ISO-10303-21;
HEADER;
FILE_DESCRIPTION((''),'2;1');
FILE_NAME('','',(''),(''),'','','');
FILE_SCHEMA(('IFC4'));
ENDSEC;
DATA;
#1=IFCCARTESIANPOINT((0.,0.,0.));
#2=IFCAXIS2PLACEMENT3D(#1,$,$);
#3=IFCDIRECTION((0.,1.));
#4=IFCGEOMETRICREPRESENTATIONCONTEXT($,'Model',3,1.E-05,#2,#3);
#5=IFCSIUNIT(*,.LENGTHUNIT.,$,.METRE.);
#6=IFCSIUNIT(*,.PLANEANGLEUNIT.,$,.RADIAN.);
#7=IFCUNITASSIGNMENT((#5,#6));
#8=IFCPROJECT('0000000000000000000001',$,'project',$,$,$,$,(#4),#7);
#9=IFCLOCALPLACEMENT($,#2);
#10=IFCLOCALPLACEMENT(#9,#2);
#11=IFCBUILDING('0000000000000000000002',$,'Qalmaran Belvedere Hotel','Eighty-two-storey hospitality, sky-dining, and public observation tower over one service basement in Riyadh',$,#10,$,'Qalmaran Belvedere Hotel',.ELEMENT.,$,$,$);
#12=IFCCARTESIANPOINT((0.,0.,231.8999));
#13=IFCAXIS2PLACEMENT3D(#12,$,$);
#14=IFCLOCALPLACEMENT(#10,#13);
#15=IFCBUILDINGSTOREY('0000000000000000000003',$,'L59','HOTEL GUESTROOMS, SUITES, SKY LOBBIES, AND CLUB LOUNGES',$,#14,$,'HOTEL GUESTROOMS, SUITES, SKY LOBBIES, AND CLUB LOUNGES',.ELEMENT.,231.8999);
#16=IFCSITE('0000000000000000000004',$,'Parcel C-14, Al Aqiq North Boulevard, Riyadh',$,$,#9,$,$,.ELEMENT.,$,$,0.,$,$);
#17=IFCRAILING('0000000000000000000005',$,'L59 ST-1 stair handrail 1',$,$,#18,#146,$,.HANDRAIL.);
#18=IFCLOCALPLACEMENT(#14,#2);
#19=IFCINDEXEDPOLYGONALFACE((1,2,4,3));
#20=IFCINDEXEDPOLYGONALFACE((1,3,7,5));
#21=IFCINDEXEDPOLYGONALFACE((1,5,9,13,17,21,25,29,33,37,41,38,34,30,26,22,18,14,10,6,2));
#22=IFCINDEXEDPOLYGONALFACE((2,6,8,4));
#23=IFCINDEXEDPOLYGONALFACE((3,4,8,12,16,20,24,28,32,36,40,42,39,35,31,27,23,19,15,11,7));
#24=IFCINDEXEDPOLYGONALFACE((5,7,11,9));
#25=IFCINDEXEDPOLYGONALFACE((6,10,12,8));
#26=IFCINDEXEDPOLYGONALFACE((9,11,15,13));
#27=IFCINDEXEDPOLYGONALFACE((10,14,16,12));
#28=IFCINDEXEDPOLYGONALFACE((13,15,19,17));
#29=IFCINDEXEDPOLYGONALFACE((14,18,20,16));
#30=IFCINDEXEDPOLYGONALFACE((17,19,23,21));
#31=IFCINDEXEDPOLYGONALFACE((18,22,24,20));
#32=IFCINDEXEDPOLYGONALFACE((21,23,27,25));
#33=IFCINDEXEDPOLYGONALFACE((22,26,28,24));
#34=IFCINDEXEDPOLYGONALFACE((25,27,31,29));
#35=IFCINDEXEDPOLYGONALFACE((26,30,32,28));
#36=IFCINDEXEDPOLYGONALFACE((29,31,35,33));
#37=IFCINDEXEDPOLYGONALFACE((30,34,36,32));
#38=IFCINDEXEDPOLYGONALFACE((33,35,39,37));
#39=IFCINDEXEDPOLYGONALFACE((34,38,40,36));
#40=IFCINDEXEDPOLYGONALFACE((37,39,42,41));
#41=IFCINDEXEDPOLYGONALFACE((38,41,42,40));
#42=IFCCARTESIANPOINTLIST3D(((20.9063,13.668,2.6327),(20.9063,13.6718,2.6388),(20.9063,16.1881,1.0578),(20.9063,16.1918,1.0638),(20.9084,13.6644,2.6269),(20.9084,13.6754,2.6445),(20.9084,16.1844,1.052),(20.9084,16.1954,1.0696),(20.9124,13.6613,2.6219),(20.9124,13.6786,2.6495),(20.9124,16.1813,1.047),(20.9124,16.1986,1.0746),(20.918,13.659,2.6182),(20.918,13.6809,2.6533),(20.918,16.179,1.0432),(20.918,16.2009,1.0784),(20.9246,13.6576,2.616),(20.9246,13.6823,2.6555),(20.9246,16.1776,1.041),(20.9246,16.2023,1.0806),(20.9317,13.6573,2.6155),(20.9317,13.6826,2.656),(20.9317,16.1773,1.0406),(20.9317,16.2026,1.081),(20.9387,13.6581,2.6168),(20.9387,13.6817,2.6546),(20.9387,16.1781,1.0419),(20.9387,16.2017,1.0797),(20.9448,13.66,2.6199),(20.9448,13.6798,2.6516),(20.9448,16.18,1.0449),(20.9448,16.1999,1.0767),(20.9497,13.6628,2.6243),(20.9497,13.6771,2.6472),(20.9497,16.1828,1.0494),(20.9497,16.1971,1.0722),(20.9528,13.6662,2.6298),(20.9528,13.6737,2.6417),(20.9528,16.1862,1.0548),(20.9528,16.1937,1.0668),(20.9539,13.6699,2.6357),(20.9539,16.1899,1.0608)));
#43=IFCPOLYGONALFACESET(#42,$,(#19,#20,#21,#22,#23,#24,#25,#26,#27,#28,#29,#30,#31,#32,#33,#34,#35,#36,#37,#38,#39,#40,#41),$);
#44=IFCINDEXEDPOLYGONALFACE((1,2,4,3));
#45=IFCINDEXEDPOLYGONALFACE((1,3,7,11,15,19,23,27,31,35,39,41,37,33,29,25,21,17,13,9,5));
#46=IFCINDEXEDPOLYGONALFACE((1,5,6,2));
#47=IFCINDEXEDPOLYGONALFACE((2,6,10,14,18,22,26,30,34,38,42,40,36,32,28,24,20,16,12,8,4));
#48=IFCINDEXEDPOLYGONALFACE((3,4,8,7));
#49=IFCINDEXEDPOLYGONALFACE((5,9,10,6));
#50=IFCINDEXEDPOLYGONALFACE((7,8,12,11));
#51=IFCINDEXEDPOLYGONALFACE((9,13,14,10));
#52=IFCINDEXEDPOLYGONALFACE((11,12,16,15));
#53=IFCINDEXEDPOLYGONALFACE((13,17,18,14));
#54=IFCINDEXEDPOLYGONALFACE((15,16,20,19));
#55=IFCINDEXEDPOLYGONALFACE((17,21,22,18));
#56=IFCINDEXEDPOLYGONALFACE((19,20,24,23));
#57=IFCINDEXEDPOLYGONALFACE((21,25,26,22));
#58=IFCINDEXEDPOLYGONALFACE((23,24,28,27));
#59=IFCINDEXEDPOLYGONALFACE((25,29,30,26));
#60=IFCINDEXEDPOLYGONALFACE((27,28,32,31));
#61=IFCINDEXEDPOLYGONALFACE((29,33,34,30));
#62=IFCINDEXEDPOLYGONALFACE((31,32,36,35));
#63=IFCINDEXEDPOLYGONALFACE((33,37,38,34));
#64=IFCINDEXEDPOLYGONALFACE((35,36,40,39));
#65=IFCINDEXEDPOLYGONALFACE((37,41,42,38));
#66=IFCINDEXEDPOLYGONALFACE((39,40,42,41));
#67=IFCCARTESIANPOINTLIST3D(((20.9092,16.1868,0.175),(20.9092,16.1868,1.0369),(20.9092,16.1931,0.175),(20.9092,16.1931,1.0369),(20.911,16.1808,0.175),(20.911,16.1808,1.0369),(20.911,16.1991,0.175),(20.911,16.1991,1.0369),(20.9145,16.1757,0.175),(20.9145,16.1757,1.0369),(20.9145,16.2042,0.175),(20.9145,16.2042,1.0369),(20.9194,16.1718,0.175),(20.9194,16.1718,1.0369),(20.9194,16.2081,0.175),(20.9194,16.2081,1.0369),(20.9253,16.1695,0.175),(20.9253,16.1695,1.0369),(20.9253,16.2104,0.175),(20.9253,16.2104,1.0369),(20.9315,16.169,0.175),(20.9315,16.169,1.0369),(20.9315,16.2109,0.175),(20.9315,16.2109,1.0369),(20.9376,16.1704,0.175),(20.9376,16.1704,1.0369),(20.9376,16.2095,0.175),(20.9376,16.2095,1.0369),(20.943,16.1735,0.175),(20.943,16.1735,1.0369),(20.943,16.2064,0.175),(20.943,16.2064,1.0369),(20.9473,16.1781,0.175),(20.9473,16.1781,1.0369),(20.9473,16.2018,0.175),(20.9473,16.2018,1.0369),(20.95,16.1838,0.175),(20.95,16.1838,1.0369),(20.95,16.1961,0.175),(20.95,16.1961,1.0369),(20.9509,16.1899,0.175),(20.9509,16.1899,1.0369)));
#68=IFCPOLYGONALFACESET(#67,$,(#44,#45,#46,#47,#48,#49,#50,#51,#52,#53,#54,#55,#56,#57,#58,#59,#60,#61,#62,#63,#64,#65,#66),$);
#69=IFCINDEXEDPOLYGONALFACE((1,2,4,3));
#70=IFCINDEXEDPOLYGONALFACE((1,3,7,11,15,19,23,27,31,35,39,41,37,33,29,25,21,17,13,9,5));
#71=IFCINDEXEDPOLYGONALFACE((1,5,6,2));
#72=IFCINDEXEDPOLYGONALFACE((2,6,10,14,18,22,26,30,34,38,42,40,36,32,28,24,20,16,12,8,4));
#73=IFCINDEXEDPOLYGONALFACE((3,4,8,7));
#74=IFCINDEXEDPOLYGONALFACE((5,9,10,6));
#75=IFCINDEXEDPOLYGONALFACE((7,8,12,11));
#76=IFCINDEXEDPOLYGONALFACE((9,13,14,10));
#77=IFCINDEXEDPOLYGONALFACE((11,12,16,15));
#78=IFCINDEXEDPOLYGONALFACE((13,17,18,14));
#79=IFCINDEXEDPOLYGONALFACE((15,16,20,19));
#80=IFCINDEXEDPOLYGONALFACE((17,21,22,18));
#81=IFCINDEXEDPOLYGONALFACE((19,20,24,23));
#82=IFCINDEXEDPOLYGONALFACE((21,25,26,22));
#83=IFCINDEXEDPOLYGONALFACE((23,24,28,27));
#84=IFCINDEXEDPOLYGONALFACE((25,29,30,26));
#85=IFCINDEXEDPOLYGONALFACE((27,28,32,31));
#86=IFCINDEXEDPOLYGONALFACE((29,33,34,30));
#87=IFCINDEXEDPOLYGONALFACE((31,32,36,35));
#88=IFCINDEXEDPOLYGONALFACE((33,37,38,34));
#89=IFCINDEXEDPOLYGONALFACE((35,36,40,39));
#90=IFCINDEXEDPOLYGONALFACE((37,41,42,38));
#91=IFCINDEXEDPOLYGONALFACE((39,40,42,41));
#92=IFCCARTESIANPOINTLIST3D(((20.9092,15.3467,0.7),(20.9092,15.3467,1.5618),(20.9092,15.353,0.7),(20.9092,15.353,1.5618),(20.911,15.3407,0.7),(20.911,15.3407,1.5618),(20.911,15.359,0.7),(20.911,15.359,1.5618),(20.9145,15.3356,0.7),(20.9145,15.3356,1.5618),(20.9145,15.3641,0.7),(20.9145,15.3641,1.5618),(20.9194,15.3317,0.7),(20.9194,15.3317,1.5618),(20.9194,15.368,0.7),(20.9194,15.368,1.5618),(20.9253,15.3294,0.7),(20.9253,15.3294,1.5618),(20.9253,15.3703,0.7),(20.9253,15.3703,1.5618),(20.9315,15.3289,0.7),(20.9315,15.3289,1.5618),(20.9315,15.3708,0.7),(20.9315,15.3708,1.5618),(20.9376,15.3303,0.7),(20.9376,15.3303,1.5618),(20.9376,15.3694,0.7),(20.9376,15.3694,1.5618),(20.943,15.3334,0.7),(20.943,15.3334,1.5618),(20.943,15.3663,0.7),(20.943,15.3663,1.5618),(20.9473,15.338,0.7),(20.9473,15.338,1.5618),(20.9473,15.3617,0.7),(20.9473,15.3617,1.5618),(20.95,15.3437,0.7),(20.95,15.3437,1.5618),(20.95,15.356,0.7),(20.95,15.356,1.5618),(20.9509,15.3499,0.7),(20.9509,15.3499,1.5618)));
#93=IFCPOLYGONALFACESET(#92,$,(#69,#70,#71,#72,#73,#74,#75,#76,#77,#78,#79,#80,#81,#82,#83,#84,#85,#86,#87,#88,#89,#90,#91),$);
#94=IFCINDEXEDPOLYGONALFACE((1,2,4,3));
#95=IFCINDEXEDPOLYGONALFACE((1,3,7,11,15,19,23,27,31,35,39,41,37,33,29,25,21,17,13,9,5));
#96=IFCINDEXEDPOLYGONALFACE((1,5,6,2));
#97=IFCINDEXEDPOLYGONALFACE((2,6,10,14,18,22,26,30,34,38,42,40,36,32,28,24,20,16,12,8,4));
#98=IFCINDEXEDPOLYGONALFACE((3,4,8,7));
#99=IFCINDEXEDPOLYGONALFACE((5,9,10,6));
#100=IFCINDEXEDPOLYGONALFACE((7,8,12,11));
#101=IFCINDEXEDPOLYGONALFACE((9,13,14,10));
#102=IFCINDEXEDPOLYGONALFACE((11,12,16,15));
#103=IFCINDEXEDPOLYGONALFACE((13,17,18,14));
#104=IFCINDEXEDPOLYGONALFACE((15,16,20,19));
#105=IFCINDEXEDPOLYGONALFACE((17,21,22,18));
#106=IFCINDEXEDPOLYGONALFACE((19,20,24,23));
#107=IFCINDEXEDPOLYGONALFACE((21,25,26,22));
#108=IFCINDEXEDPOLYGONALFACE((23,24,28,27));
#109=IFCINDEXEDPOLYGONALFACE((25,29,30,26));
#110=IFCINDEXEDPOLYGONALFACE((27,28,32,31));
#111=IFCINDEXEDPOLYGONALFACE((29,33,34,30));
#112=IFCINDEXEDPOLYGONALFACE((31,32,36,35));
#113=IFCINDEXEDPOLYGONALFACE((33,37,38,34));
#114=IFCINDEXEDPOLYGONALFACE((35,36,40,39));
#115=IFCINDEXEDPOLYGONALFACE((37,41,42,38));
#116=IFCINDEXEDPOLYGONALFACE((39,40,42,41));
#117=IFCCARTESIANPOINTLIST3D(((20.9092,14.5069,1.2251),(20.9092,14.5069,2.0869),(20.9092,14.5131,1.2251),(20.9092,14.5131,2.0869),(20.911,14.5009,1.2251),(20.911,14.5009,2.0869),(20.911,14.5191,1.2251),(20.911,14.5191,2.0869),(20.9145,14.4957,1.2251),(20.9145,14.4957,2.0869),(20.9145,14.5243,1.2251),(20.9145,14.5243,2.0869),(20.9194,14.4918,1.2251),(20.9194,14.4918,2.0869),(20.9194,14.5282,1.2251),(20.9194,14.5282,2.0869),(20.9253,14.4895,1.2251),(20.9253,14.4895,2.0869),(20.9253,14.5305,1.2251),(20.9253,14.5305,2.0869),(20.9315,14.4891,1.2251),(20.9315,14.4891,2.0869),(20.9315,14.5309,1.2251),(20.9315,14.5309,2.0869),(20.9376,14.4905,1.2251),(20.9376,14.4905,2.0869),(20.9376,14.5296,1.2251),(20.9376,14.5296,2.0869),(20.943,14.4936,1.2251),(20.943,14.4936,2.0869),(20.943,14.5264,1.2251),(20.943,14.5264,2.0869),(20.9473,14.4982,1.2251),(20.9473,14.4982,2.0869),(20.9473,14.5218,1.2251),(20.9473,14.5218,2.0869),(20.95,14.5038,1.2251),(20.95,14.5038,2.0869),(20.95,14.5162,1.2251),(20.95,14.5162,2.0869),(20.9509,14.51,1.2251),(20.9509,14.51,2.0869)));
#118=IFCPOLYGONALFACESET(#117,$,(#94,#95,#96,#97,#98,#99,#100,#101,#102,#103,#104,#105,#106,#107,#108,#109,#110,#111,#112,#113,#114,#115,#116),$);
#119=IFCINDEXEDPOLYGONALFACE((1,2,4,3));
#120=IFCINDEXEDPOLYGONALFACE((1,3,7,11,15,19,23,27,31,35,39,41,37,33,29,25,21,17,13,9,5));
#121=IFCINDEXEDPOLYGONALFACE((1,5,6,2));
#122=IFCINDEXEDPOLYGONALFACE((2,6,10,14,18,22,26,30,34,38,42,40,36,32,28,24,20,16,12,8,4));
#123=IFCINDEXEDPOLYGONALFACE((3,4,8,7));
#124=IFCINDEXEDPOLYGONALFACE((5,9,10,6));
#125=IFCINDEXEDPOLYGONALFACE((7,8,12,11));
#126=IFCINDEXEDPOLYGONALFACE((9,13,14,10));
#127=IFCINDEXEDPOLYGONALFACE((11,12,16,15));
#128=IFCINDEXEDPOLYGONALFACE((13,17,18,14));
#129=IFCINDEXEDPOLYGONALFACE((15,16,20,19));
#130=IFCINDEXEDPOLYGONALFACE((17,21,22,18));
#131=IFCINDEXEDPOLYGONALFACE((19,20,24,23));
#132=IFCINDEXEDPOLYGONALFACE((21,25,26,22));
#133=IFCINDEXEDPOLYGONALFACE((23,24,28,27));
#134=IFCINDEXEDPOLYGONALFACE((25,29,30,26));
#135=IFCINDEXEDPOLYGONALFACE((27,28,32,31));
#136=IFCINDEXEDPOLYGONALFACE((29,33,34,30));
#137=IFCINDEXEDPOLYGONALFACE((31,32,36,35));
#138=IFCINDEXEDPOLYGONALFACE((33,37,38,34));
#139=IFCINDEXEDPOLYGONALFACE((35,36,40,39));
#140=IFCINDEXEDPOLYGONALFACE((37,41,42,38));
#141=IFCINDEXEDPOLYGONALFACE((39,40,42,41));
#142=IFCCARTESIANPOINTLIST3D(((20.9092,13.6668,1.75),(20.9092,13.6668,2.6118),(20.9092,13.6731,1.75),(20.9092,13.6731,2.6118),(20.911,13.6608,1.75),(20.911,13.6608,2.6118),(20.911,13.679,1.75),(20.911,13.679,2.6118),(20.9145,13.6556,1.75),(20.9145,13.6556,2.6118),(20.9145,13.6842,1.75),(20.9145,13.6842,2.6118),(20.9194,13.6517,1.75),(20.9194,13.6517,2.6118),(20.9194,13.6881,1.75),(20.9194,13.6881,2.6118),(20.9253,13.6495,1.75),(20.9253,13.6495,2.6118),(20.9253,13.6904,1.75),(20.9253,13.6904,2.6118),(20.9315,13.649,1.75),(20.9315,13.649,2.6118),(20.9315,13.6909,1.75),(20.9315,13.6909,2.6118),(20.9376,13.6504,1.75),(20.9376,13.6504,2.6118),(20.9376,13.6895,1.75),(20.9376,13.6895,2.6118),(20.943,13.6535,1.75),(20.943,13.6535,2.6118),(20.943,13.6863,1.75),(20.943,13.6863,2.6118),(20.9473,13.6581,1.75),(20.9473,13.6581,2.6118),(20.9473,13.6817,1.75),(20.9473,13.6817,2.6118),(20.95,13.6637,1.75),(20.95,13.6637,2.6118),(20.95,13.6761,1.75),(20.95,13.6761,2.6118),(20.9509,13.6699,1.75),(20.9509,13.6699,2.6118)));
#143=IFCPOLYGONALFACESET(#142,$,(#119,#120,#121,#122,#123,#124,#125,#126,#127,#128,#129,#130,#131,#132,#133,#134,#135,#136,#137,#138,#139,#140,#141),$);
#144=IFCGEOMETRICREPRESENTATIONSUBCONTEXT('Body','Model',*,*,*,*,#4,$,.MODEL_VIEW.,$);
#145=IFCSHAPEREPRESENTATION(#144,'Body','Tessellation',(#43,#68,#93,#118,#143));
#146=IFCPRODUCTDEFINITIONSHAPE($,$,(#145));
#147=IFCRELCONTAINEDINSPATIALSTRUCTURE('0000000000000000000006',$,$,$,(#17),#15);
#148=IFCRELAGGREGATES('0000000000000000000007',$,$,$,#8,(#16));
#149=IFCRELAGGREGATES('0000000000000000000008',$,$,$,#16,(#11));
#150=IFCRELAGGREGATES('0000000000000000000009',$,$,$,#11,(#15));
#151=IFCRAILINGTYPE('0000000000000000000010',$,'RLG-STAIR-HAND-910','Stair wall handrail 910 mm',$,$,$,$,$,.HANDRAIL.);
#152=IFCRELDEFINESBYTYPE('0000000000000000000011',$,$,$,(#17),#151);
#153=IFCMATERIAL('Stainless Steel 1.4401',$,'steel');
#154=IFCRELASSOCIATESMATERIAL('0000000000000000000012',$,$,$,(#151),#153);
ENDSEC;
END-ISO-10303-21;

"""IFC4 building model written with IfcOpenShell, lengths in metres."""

from ifc_helpers import new_model, si_unit, direction, frame, origin, origin_2d, place, context, subcontext, project, spatial, circle, extrude, material, type_object, element, save


model = new_model("IFC4")

# Units and contexts
model_context = context("Model", 3, precision=1e-05, world=origin(), true_north=direction((0.0, 1.0)))
body_context = subcontext(model_context, "Body", "Model", "MODEL_VIEW")
ifc_project = project(units=[si_unit("LENGTHUNIT", "METRE"), si_unit("PLANEANGLEUNIT", "RADIAN")], contexts=[model_context])

# Site, building, storey
site_placement = place(None, origin())
site = spatial("IfcSite", under=ifc_project, at=site_placement, Name="Parcel C-14, Al Aqiq North Boulevard, Riyadh", CompositionType="ELEMENT", RefElevation=0.0)
building_placement = place(site_placement, origin())
building = spatial("IfcBuilding", under=site, at=building_placement, Name="Qalmaran Belvedere Hotel", Description="Eighty-two-storey hospitality, sky-dining, and public observation tower over one service basement in Riyadh", LongName="Qalmaran Belvedere Hotel", CompositionType="ELEMENT")
storey_placement = place(building_placement, frame((0.0, 0.0, 231.8999)))
storey = spatial("IfcBuildingStorey", under=building, at=storey_placement, Name="L59", Description="HOTEL GUESTROOMS, SUITES, SKY LOBBIES, AND CLUB LOUNGES", LongName="HOTEL GUESTROOMS, SUITES, SKY LOBBIES, AND CLUB LOUNGES", CompositionType="ELEMENT", Elevation=231.8999)

# Shared definitions
ifc_material_1 = material(Name="Stainless Steel 1.4401", Category="steel")

# Railing
railing_type_1 = type_object("IfcRailingType", Name="RLG-STAIR-HAND-910", Description="Stair wall handrail 910 mm", PredefinedType="HANDRAIL", material=ifc_material_1)
railing_1_placement = place(storey_placement, frame((20.9299, 16.1899, 0.175)))
element("IfcRailing", 1, at=railing_1_placement, inside=storey, type_object=railing_type_1, Name="L59 ST-1 stair handrail 1", PredefinedType="HANDRAIL", context=body_context, shape_type="SweptSolid", body=[
    extrude(circle(Radius=0.0239, at=origin_2d()), frame((0.0, 0.0, 0.8857), z_axis=(0.0, -0.848008, 0.529984), x_axis=(1.0, 0.0, 0.0)), (0.0, 0.0, 1.0), 2.9717),
    extrude(circle(Radius=0.021, at=origin_2d()), origin(), (0.0, 0.0, 1.0), 0.8618),
    extrude(circle(Radius=0.021, at=origin_2d()), frame((0.0, -0.8401, 0.5249)), (0.0, 0.0, 1.0), 0.8618),
    extrude(circle(Radius=0.021, at=origin_2d()), frame((0.0, -1.6799, 1.05)), (0.0, 0.0, 1.0), 0.8618),
    extrude(circle(Radius=0.021, at=origin_2d()), frame((0.0, -2.52, 1.575)), (0.0, 0.0, 1.0), 0.8618),
])

save(model, "model.ifc")
